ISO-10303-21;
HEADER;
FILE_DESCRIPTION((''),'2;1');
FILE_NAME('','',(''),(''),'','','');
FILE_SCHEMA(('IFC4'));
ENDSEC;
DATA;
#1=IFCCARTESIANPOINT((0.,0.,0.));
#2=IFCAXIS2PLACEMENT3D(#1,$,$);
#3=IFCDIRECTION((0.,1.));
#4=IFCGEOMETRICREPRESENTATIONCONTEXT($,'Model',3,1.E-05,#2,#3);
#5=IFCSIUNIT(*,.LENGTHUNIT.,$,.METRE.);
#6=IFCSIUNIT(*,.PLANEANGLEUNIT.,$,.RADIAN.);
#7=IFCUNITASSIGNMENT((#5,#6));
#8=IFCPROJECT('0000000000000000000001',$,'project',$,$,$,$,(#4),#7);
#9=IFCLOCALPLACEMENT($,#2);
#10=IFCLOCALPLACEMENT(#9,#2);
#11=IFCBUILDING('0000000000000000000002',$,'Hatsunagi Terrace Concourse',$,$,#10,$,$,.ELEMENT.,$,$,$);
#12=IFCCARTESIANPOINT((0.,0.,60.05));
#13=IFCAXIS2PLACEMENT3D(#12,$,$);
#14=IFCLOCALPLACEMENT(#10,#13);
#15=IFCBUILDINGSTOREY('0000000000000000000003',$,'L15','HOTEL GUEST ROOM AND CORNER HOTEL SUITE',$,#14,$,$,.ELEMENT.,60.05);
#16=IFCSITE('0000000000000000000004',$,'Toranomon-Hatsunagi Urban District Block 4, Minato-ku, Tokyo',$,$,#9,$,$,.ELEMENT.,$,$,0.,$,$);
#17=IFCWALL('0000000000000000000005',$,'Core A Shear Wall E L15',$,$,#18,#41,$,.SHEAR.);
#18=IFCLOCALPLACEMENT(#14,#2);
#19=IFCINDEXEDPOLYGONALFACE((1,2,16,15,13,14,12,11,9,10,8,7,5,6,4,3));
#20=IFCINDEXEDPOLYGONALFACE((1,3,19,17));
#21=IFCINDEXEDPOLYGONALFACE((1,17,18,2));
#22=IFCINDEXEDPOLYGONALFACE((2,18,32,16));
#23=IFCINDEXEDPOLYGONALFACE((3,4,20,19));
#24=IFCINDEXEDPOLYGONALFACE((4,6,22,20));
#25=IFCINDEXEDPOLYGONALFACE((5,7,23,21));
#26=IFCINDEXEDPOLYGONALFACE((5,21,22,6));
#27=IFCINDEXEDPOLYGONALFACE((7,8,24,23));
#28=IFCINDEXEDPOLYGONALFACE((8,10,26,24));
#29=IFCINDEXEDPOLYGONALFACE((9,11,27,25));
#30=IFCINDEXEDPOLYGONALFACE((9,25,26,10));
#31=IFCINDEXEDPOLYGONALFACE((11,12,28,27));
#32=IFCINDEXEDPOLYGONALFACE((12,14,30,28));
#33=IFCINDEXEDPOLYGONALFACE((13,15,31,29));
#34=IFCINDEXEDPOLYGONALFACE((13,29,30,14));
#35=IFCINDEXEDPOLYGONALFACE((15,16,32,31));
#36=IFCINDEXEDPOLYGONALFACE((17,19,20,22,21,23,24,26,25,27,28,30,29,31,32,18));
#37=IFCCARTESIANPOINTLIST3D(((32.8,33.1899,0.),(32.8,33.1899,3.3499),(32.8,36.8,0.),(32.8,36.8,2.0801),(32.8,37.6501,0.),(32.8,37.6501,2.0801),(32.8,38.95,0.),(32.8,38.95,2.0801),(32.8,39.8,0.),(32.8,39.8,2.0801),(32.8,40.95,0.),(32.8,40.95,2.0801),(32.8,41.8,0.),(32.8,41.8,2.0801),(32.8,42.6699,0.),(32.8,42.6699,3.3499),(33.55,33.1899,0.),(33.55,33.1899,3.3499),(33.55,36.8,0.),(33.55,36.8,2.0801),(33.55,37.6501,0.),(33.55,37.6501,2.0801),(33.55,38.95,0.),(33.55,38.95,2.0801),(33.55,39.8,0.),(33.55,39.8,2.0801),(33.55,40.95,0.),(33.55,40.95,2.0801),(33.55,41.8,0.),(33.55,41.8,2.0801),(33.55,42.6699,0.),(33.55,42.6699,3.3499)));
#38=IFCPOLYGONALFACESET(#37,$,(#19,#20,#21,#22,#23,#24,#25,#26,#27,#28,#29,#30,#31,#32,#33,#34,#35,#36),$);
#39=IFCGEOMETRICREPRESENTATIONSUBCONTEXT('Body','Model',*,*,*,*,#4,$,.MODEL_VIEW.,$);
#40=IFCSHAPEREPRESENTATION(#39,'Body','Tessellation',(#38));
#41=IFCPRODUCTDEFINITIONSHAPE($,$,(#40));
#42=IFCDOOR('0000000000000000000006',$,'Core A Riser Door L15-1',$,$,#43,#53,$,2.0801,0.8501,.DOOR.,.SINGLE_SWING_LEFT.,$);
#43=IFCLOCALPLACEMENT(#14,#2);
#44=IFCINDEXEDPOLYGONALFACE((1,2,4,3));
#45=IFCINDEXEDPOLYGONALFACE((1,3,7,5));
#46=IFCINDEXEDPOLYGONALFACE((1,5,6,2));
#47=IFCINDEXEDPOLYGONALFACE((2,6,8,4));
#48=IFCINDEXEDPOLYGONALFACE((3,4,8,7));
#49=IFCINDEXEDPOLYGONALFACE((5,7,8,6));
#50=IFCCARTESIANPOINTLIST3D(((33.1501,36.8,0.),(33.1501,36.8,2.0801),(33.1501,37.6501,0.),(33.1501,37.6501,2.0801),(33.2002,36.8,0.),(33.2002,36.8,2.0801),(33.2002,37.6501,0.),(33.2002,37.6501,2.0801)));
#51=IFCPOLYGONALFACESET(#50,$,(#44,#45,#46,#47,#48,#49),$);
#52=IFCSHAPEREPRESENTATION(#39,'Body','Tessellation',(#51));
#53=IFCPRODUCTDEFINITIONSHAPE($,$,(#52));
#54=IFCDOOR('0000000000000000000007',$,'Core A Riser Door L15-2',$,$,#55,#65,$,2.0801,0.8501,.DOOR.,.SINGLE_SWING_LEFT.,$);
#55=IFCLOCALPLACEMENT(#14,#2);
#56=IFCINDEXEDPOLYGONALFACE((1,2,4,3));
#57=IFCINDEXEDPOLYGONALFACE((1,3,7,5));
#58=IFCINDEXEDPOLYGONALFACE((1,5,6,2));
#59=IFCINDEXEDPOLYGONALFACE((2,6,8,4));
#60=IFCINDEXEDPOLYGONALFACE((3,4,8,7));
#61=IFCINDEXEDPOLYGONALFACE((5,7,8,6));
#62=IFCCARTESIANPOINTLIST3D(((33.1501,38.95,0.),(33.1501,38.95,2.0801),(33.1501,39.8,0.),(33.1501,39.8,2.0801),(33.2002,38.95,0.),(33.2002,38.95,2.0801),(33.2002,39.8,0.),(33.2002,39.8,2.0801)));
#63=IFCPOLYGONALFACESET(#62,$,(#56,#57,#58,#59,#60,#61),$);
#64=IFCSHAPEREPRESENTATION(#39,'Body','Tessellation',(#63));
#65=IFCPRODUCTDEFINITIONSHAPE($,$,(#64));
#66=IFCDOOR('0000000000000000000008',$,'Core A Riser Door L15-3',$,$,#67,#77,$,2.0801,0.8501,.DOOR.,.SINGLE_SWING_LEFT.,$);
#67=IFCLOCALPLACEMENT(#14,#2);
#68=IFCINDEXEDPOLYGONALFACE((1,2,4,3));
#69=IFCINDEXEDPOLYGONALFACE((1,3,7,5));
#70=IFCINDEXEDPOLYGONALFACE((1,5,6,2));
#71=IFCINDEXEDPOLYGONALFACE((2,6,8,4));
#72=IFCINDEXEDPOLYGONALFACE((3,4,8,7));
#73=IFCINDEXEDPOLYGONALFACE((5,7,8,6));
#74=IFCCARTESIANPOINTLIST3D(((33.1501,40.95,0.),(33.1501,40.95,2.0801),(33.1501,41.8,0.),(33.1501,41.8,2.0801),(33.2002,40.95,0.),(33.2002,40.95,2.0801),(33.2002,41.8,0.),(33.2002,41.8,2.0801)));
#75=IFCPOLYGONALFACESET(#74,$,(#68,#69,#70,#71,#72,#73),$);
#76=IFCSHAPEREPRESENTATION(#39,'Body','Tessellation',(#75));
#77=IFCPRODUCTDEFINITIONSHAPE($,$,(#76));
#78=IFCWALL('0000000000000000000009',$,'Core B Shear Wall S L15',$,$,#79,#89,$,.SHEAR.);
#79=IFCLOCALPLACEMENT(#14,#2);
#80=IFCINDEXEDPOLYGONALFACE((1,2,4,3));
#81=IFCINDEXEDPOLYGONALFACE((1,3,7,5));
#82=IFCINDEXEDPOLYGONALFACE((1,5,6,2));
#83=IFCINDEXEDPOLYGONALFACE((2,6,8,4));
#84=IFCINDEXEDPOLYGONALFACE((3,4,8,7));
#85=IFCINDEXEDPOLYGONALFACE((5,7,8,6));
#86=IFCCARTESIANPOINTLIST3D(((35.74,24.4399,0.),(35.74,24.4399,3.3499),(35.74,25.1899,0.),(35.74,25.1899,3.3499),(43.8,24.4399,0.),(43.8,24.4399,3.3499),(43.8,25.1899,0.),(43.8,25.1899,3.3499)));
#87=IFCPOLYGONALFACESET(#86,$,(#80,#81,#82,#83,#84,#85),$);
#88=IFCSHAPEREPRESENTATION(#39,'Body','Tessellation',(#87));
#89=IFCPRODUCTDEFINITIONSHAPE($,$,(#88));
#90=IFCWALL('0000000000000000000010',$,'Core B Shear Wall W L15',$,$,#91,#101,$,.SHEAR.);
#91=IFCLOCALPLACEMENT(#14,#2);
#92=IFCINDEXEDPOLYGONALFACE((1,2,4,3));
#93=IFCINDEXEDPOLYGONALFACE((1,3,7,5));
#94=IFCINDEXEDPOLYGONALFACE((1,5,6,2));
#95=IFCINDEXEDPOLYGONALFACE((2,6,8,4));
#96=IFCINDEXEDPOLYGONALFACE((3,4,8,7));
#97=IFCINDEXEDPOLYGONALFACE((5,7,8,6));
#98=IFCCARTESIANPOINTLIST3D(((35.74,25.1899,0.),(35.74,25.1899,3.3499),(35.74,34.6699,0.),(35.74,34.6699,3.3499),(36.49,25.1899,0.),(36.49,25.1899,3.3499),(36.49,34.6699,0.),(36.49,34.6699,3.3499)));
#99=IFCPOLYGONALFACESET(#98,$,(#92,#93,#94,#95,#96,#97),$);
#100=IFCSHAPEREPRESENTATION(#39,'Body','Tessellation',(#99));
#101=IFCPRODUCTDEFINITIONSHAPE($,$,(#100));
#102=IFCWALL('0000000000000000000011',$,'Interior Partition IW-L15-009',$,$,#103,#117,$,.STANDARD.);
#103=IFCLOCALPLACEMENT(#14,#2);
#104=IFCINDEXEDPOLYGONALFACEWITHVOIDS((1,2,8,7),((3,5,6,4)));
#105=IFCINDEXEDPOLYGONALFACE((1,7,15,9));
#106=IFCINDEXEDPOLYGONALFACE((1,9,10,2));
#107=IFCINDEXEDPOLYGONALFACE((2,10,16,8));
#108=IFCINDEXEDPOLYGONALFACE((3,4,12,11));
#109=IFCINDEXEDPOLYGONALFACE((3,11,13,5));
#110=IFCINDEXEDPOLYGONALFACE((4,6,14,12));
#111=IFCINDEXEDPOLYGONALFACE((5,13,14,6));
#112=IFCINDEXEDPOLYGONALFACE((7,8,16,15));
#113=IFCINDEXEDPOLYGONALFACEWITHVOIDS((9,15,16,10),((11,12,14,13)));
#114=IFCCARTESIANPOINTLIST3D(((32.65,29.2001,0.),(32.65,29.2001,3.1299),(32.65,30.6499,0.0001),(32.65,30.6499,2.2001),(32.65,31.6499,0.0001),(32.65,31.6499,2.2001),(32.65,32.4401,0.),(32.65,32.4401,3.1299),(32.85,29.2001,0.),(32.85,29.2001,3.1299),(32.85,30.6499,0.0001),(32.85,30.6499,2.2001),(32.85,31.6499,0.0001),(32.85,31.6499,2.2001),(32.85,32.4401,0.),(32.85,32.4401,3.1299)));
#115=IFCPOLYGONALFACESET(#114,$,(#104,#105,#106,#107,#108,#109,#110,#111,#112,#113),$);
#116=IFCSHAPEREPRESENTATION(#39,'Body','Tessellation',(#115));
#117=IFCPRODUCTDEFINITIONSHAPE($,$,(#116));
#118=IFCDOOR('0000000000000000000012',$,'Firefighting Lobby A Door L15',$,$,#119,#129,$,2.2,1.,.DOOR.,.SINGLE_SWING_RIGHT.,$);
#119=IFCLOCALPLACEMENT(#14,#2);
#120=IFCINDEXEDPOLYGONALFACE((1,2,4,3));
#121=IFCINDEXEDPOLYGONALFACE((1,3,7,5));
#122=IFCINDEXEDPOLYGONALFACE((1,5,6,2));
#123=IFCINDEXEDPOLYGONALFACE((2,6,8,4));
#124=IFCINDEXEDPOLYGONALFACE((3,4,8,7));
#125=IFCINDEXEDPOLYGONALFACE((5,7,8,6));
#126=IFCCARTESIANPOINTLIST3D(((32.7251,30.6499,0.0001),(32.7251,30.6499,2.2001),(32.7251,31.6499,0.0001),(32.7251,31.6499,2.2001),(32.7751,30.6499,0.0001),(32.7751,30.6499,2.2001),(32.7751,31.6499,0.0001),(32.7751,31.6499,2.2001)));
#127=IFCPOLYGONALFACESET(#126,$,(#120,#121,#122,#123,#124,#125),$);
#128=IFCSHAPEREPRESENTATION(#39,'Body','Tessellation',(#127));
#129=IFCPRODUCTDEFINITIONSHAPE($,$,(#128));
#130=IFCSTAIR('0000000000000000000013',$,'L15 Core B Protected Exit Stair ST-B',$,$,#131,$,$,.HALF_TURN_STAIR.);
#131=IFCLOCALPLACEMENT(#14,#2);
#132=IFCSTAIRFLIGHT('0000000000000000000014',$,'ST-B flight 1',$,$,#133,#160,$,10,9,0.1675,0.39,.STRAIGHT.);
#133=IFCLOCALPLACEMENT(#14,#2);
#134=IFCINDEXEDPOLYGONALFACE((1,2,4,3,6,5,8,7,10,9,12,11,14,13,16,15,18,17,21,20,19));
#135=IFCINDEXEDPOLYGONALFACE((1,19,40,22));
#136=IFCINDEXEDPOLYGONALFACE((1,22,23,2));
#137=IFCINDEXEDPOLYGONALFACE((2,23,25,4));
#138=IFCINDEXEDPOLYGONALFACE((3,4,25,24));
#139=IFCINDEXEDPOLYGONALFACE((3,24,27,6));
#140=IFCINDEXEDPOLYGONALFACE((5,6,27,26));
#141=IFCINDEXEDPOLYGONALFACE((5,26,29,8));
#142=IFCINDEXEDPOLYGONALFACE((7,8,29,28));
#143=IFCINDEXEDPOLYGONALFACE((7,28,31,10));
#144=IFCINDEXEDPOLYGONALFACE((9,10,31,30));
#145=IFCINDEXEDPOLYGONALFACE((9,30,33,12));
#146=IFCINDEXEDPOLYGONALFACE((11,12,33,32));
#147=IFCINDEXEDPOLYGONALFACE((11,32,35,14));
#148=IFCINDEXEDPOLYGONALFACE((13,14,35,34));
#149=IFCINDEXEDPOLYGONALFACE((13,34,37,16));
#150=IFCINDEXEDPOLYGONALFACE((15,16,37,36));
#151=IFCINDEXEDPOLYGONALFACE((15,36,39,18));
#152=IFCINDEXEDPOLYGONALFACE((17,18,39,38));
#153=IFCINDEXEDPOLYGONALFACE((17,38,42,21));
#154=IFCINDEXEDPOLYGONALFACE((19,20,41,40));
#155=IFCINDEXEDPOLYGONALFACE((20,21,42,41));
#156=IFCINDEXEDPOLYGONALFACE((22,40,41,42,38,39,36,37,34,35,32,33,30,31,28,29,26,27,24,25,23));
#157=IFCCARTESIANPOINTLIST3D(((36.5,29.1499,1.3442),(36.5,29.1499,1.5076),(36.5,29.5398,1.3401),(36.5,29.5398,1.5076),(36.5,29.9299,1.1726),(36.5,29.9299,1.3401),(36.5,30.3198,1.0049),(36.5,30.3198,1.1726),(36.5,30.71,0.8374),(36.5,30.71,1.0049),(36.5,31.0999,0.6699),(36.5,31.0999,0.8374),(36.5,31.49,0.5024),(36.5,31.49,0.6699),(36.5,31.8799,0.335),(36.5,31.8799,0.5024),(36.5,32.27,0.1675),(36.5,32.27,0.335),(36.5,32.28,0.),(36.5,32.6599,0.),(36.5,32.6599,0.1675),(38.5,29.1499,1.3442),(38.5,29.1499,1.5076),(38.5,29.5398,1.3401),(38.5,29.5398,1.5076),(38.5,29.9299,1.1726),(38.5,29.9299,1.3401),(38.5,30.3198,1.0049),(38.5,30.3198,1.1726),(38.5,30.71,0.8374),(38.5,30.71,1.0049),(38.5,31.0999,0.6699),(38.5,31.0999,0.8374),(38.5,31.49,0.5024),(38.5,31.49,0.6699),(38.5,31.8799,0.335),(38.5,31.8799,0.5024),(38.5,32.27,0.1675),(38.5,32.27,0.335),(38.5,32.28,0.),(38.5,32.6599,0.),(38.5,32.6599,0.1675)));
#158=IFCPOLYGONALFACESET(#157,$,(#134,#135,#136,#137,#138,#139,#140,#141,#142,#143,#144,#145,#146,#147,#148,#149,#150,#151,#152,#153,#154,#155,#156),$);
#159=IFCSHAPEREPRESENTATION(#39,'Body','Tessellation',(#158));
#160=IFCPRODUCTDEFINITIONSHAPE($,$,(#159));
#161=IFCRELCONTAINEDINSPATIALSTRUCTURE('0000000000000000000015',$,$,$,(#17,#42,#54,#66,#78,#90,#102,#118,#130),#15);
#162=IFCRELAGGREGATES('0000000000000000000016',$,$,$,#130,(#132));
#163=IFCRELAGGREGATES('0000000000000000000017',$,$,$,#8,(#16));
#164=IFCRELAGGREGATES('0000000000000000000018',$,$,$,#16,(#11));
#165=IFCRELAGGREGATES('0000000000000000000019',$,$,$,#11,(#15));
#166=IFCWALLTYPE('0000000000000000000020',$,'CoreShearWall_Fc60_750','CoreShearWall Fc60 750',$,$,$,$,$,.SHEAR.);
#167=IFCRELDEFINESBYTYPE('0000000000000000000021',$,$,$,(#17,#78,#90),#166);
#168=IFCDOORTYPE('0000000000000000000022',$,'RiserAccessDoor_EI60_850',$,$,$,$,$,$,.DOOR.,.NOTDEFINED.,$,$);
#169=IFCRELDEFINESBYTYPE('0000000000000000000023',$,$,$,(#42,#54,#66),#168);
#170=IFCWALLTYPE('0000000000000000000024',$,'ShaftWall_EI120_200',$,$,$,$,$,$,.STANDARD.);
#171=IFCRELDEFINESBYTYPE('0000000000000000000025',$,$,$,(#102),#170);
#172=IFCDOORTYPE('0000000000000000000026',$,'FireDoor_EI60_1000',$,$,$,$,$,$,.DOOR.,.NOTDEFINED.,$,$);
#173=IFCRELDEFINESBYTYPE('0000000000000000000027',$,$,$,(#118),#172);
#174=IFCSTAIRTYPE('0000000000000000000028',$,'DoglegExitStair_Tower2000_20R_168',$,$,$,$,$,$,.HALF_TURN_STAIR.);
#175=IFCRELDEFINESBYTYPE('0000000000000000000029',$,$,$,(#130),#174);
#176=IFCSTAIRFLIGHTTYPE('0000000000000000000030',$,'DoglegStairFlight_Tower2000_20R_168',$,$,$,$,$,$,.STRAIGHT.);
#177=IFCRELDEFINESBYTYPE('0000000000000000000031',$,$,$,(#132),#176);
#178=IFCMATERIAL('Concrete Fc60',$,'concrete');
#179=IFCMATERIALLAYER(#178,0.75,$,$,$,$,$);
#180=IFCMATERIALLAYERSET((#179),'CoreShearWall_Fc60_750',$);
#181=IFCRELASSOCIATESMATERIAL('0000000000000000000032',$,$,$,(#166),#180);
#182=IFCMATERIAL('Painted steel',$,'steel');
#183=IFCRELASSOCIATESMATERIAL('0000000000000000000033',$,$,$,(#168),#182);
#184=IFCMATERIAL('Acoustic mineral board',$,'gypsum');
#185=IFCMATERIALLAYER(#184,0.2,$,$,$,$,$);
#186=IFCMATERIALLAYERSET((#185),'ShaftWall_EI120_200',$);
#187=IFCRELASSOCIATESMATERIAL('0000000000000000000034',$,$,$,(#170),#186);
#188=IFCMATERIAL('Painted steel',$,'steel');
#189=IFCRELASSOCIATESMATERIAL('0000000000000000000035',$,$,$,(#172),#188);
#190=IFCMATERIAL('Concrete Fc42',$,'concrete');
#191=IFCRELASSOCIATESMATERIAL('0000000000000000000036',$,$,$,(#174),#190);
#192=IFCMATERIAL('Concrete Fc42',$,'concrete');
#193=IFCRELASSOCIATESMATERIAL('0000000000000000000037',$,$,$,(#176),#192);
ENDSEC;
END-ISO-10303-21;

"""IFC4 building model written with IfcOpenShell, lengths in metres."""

from ifc_helpers import new_model, si_unit, direction, frame, frame_2d, origin, place, context, subcontext, project, spatial, polyline, rectangle, outline, extrude, material, layer, layer_set, type_object, element, fill, aggregate, save


model = new_model("IFC4")

# Units and contexts
model_context = context("Model", 3, precision=1e-05, world=origin(), true_north=direction((0.0, 1.0)))
body_context = subcontext(model_context, "Body", "Model", "MODEL_VIEW")
ifc_project = project(units=[si_unit("LENGTHUNIT", "METRE"), si_unit("PLANEANGLEUNIT", "RADIAN")], contexts=[model_context])

# Site, building, storey
site_placement = place(None, origin())
site = spatial("IfcSite", under=ifc_project, at=site_placement, Name="Toranomon-Hatsunagi Urban District Block 4, Minato-ku, Tokyo", CompositionType="ELEMENT", RefElevation=0.0)
building_placement = place(site_placement, origin())
building = spatial("IfcBuilding", under=site, at=building_placement, Name="Hatsunagi Terrace Concourse", CompositionType="ELEMENT")
storey_placement = place(building_placement, frame((0.0, 0.0, 60.05)))
storey = spatial("IfcBuildingStorey", under=building, at=storey_placement, Name="L15", Description="HOTEL GUEST ROOM AND CORNER HOTEL SUITE", CompositionType="ELEMENT", Elevation=60.05)

# Wall, openings, doors
ifc_material_1 = material(Name="Concrete Fc60", Category="concrete")
ifc_layer_1 = layer(ifc_material_1, 0.75)
ifc_layer_set_1 = layer_set([ifc_layer_1], Name="CoreShearWall_Fc60_750")
wall_type_1 = type_object("IfcWallType", Name="CoreShearWall_Fc60_750", Description="CoreShearWall Fc60 750", PredefinedType="SHEAR", material=ifc_layer_set_1)
wall_1_placement = place(storey_placement, frame((33.175, 33.1899, 0.0), z_axis=(0.0, 0.0, 1.0), x_axis=(0.0, 1.0, 0.0)))
wall_1 = element("IfcWall", 1, at=wall_1_placement, inside=storey, type_object=wall_type_1, Name="Core A Shear Wall E L15", PredefinedType="SHEAR", context=body_context, shape_type="SweptSolid", body=[
    extrude(rectangle(XDim=9.48, YDim=0.75, at=frame_2d((4.74, 0.0))), origin(), (0.0, 0.0, 1.0), 3.3499),
])
opening_1_placement = place(wall_1_placement, frame((3.6101, 0.0, 0.0)))
opening_1 = element("IfcOpeningElement", 2, at=opening_1_placement, cuts=wall_1, PredefinedType="OPENING", context=body_context, shape_type="SweptSolid", body=[
    extrude(rectangle(XDim=0.8501, YDim=2.0801, at=frame_2d((0.425, 1.04))), frame((0.0, 0.385, 0.0), z_axis=(0.0, -1.0, 0.0), x_axis=(1.0, 0.0, 0.0)), (0.0, 0.0, 1.0), 0.77),
])
opening_2_placement = place(wall_1_placement, frame((5.76, 0.0, 0.0)))
opening_2 = element("IfcOpeningElement", 3, at=opening_2_placement, cuts=wall_1, PredefinedType="OPENING", context=body_context, shape_type="SweptSolid", body=[
    extrude(rectangle(XDim=0.8501, YDim=2.0801, at=frame_2d((0.425, 1.04))), frame((0.0, 0.385, 0.0), z_axis=(0.0, -1.0, 0.0), x_axis=(1.0, 0.0, 0.0)), (0.0, 0.0, 1.0), 0.77),
])
opening_3_placement = place(wall_1_placement, frame((7.76, 0.0, 0.0)))
opening_3 = element("IfcOpeningElement", 4, at=opening_3_placement, cuts=wall_1, PredefinedType="OPENING", context=body_context, shape_type="SweptSolid", body=[
    extrude(rectangle(XDim=0.8501, YDim=2.0801, at=frame_2d((0.425, 1.04))), frame((0.0, 0.385, 0.0), z_axis=(0.0, -1.0, 0.0), x_axis=(1.0, 0.0, 0.0)), (0.0, 0.0, 1.0), 0.77),
])
ifc_material_2 = material(Name="Painted steel", Category="steel")
door_type_1 = type_object("IfcDoorType", Name="RiserAccessDoor_EI60_850", OperationType="NOTDEFINED", PredefinedType="DOOR", material=ifc_material_2)
door_1_placement = place(opening_1_placement, origin())
door_1 = element("IfcDoor", 5, at=door_1_placement, inside=storey, type_object=door_type_1, Name="Core A Riser Door L15-1", OperationType="SINGLE_SWING_LEFT", OverallHeight=2.0801, OverallWidth=0.8501, PredefinedType="DOOR", context=body_context, shape_type="SweptSolid", body=[
    extrude(rectangle(XDim=0.8501, YDim=2.0801, at=frame_2d((0.425, 1.04))), frame((0.0, 0.0249, 0.0), z_axis=(0.0, -1.0, 0.0), x_axis=(1.0, 0.0, 0.0)), (0.0, 0.0, 1.0), 0.05),
])
fill(opening_1, door_1)
door_2_placement = place(opening_2_placement, origin())
door_2 = element("IfcDoor", 6, at=door_2_placement, inside=storey, type_object=door_type_1, Name="Core A Riser Door L15-2", OperationType="SINGLE_SWING_LEFT", OverallHeight=2.0801, OverallWidth=0.8501, PredefinedType="DOOR", context=body_context, shape_type="SweptSolid", body=[
    extrude(rectangle(XDim=0.8501, YDim=2.0801, at=frame_2d((0.425, 1.04))), frame((0.0, 0.0249, 0.0), z_axis=(0.0, -1.0, 0.0), x_axis=(1.0, 0.0, 0.0)), (0.0, 0.0, 1.0), 0.05),
])
fill(opening_2, door_2)
door_3_placement = place(opening_3_placement, origin())
door_3 = element("IfcDoor", 7, at=door_3_placement, inside=storey, type_object=door_type_1, Name="Core A Riser Door L15-3", OperationType="SINGLE_SWING_LEFT", OverallHeight=2.0801, OverallWidth=0.8501, PredefinedType="DOOR", context=body_context, shape_type="SweptSolid", body=[
    extrude(rectangle(XDim=0.8501, YDim=2.0801, at=frame_2d((0.425, 1.04))), frame((0.0, 0.0249, 0.0), z_axis=(0.0, -1.0, 0.0), x_axis=(1.0, 0.0, 0.0)), (0.0, 0.0, 1.0), 0.05),
])
fill(opening_3, door_3)

# Wall
wall_2_placement = place(storey_placement, frame((35.74, 24.8149, 0.0), z_axis=(0.0, 0.0, 1.0), x_axis=(1.0, 0.0, 0.0)))
element("IfcWall", 8, at=wall_2_placement, inside=storey, type_object=wall_type_1, Name="Core B Shear Wall S L15", PredefinedType="SHEAR", context=body_context, shape_type="SweptSolid", body=[
    extrude(rectangle(XDim=8.0601, YDim=0.75, at=frame_2d((4.03, 0.0))), origin(), (0.0, 0.0, 1.0), 3.3499),
])

# Wall
wall_3_placement = place(storey_placement, frame((36.115, 25.1899, 0.0), z_axis=(0.0, 0.0, 1.0), x_axis=(0.0, 1.0, 0.0)))
element("IfcWall", 9, at=wall_3_placement, inside=storey, type_object=wall_type_1, Name="Core B Shear Wall W L15", PredefinedType="SHEAR", context=body_context, shape_type="SweptSolid", body=[
    extrude(rectangle(XDim=9.48, YDim=0.75, at=frame_2d((4.74, 0.0))), origin(), (0.0, 0.0, 1.0), 3.3499),
])

# Wall, opening, door
ifc_material_3 = material(Name="Acoustic mineral board", Category="gypsum")
ifc_layer_2 = layer(ifc_material_3, 0.2)
ifc_layer_set_2 = layer_set([ifc_layer_2], Name="ShaftWall_EI120_200")
wall_type_2 = type_object("IfcWallType", Name="ShaftWall_EI120_200", PredefinedType="STANDARD", material=ifc_layer_set_2)
wall_4_placement = place(storey_placement, frame((32.75, 29.2, 0.0), z_axis=(0.0, 0.0, 1.0), x_axis=(0.0, 1.0, 0.0)))
wall_4 = element("IfcWall", 10, at=wall_4_placement, inside=storey, type_object=wall_type_2, Name="Interior Partition IW-L15-009", PredefinedType="STANDARD", context=body_context, shape_type="SweptSolid", body=[
    extrude(rectangle(XDim=3.24, YDim=0.2, at=frame_2d((1.6201, 0.0))), origin(), (0.0, 0.0, 1.0), 3.1299),
])
opening_4_placement = place(wall_4_placement, frame((1.45, 0.0, 0.0)))
opening_4 = element("IfcOpeningElement", 11, at=opening_4_placement, cuts=wall_4, PredefinedType="OPENING", context=body_context, shape_type="SweptSolid", body=[
    extrude(rectangle(XDim=1.0, YDim=2.2, at=frame_2d((0.5, 1.1001))), frame((0.0, 0.1099, 0.0), z_axis=(0.0, -1.0, 0.0), x_axis=(1.0, 0.0, 0.0)), (0.0, 0.0, 1.0), 0.22),
])
ifc_material_4 = material(Name="Painted steel", Category="steel")
door_type_2 = type_object("IfcDoorType", Name="FireDoor_EI60_1000", OperationType="NOTDEFINED", PredefinedType="DOOR", material=ifc_material_4)
door_4_placement = place(opening_4_placement, origin())
door_4 = element("IfcDoor", 12, at=door_4_placement, inside=storey, type_object=door_type_2, Name="Firefighting Lobby A Door L15", OperationType="SINGLE_SWING_RIGHT", OverallHeight=2.2, OverallWidth=1.0, PredefinedType="DOOR", context=body_context, shape_type="SweptSolid", body=[
    extrude(rectangle(XDim=1.0, YDim=2.2, at=frame_2d((0.5, 1.1001))), frame((0.0, 0.0249, 0.0), z_axis=(0.0, -1.0, 0.0), x_axis=(1.0, 0.0, 0.0)), (0.0, 0.0, 1.0), 0.05),
])
fill(opening_4, door_4)

# Stair, stair flight
ifc_material_5 = material(Name="Concrete Fc42", Category="concrete")
stair_type = type_object("IfcStairType", Name="DoglegExitStair_Tower2000_20R_168", PredefinedType="HALF_TURN_STAIR", material=ifc_material_5)
stair_placement = place(storey_placement, origin())
stair = element("IfcStair", 13, at=stair_placement, inside=storey, type_object=stair_type, Name="L15 Core B Protected Exit Stair ST-B", PredefinedType="HALF_TURN_STAIR")
ifc_material_6 = material(Name="Concrete Fc42", Category="concrete")
stair_flight_type = type_object("IfcStairFlightType", Name="DoglegStairFlight_Tower2000_20R_168", PredefinedType="STRAIGHT", material=ifc_material_6)
stair_flight_placement = place(storey_placement, frame((37.5, 32.6599, 0.0), z_axis=(0.0, 0.0, 1.0), x_axis=(0.0, -1.0, 0.0)))
stair_flight = element("IfcStairFlight", 14, at=stair_flight_placement, type_object=stair_flight_type, Name="ST-B flight 1", NumberOfRisers=10, NumberOfTreads=9, PredefinedType="STRAIGHT", RiserHeight=0.1675, TreadLength=0.39, context=body_context, shape_type="SweptSolid", body=[
    extrude(outline(polyline([(0.0, 0.0), (0.0, 0.1675), (0.3899, 0.1675), (0.3899, 0.335), (0.78, 0.335), (0.78, 0.5024), (1.1699, 0.5024), (1.1699, 0.6699), (1.5601, 0.6699), (1.5601, 0.8374), (1.95, 0.8374), (1.95, 1.0049), (2.3401, 1.0049), (2.3401, 1.1726), (2.73, 1.1726), (2.73, 1.3401), (3.1201, 1.3401), (3.1201, 1.5076), (3.51, 1.5076), (3.51, 1.675), (3.51, 1.3442), (0.3799, 0.0), (0.0, 0.0)])), frame((0.0, 1.0, 0.0), z_axis=(0.0, -1.0, 0.0), x_axis=(1.0, 0.0, 0.0)), (0.0, 0.0, 1.0), 2.0),
])
aggregate(stair, [stair_flight])

save(model, "model.ifc")
